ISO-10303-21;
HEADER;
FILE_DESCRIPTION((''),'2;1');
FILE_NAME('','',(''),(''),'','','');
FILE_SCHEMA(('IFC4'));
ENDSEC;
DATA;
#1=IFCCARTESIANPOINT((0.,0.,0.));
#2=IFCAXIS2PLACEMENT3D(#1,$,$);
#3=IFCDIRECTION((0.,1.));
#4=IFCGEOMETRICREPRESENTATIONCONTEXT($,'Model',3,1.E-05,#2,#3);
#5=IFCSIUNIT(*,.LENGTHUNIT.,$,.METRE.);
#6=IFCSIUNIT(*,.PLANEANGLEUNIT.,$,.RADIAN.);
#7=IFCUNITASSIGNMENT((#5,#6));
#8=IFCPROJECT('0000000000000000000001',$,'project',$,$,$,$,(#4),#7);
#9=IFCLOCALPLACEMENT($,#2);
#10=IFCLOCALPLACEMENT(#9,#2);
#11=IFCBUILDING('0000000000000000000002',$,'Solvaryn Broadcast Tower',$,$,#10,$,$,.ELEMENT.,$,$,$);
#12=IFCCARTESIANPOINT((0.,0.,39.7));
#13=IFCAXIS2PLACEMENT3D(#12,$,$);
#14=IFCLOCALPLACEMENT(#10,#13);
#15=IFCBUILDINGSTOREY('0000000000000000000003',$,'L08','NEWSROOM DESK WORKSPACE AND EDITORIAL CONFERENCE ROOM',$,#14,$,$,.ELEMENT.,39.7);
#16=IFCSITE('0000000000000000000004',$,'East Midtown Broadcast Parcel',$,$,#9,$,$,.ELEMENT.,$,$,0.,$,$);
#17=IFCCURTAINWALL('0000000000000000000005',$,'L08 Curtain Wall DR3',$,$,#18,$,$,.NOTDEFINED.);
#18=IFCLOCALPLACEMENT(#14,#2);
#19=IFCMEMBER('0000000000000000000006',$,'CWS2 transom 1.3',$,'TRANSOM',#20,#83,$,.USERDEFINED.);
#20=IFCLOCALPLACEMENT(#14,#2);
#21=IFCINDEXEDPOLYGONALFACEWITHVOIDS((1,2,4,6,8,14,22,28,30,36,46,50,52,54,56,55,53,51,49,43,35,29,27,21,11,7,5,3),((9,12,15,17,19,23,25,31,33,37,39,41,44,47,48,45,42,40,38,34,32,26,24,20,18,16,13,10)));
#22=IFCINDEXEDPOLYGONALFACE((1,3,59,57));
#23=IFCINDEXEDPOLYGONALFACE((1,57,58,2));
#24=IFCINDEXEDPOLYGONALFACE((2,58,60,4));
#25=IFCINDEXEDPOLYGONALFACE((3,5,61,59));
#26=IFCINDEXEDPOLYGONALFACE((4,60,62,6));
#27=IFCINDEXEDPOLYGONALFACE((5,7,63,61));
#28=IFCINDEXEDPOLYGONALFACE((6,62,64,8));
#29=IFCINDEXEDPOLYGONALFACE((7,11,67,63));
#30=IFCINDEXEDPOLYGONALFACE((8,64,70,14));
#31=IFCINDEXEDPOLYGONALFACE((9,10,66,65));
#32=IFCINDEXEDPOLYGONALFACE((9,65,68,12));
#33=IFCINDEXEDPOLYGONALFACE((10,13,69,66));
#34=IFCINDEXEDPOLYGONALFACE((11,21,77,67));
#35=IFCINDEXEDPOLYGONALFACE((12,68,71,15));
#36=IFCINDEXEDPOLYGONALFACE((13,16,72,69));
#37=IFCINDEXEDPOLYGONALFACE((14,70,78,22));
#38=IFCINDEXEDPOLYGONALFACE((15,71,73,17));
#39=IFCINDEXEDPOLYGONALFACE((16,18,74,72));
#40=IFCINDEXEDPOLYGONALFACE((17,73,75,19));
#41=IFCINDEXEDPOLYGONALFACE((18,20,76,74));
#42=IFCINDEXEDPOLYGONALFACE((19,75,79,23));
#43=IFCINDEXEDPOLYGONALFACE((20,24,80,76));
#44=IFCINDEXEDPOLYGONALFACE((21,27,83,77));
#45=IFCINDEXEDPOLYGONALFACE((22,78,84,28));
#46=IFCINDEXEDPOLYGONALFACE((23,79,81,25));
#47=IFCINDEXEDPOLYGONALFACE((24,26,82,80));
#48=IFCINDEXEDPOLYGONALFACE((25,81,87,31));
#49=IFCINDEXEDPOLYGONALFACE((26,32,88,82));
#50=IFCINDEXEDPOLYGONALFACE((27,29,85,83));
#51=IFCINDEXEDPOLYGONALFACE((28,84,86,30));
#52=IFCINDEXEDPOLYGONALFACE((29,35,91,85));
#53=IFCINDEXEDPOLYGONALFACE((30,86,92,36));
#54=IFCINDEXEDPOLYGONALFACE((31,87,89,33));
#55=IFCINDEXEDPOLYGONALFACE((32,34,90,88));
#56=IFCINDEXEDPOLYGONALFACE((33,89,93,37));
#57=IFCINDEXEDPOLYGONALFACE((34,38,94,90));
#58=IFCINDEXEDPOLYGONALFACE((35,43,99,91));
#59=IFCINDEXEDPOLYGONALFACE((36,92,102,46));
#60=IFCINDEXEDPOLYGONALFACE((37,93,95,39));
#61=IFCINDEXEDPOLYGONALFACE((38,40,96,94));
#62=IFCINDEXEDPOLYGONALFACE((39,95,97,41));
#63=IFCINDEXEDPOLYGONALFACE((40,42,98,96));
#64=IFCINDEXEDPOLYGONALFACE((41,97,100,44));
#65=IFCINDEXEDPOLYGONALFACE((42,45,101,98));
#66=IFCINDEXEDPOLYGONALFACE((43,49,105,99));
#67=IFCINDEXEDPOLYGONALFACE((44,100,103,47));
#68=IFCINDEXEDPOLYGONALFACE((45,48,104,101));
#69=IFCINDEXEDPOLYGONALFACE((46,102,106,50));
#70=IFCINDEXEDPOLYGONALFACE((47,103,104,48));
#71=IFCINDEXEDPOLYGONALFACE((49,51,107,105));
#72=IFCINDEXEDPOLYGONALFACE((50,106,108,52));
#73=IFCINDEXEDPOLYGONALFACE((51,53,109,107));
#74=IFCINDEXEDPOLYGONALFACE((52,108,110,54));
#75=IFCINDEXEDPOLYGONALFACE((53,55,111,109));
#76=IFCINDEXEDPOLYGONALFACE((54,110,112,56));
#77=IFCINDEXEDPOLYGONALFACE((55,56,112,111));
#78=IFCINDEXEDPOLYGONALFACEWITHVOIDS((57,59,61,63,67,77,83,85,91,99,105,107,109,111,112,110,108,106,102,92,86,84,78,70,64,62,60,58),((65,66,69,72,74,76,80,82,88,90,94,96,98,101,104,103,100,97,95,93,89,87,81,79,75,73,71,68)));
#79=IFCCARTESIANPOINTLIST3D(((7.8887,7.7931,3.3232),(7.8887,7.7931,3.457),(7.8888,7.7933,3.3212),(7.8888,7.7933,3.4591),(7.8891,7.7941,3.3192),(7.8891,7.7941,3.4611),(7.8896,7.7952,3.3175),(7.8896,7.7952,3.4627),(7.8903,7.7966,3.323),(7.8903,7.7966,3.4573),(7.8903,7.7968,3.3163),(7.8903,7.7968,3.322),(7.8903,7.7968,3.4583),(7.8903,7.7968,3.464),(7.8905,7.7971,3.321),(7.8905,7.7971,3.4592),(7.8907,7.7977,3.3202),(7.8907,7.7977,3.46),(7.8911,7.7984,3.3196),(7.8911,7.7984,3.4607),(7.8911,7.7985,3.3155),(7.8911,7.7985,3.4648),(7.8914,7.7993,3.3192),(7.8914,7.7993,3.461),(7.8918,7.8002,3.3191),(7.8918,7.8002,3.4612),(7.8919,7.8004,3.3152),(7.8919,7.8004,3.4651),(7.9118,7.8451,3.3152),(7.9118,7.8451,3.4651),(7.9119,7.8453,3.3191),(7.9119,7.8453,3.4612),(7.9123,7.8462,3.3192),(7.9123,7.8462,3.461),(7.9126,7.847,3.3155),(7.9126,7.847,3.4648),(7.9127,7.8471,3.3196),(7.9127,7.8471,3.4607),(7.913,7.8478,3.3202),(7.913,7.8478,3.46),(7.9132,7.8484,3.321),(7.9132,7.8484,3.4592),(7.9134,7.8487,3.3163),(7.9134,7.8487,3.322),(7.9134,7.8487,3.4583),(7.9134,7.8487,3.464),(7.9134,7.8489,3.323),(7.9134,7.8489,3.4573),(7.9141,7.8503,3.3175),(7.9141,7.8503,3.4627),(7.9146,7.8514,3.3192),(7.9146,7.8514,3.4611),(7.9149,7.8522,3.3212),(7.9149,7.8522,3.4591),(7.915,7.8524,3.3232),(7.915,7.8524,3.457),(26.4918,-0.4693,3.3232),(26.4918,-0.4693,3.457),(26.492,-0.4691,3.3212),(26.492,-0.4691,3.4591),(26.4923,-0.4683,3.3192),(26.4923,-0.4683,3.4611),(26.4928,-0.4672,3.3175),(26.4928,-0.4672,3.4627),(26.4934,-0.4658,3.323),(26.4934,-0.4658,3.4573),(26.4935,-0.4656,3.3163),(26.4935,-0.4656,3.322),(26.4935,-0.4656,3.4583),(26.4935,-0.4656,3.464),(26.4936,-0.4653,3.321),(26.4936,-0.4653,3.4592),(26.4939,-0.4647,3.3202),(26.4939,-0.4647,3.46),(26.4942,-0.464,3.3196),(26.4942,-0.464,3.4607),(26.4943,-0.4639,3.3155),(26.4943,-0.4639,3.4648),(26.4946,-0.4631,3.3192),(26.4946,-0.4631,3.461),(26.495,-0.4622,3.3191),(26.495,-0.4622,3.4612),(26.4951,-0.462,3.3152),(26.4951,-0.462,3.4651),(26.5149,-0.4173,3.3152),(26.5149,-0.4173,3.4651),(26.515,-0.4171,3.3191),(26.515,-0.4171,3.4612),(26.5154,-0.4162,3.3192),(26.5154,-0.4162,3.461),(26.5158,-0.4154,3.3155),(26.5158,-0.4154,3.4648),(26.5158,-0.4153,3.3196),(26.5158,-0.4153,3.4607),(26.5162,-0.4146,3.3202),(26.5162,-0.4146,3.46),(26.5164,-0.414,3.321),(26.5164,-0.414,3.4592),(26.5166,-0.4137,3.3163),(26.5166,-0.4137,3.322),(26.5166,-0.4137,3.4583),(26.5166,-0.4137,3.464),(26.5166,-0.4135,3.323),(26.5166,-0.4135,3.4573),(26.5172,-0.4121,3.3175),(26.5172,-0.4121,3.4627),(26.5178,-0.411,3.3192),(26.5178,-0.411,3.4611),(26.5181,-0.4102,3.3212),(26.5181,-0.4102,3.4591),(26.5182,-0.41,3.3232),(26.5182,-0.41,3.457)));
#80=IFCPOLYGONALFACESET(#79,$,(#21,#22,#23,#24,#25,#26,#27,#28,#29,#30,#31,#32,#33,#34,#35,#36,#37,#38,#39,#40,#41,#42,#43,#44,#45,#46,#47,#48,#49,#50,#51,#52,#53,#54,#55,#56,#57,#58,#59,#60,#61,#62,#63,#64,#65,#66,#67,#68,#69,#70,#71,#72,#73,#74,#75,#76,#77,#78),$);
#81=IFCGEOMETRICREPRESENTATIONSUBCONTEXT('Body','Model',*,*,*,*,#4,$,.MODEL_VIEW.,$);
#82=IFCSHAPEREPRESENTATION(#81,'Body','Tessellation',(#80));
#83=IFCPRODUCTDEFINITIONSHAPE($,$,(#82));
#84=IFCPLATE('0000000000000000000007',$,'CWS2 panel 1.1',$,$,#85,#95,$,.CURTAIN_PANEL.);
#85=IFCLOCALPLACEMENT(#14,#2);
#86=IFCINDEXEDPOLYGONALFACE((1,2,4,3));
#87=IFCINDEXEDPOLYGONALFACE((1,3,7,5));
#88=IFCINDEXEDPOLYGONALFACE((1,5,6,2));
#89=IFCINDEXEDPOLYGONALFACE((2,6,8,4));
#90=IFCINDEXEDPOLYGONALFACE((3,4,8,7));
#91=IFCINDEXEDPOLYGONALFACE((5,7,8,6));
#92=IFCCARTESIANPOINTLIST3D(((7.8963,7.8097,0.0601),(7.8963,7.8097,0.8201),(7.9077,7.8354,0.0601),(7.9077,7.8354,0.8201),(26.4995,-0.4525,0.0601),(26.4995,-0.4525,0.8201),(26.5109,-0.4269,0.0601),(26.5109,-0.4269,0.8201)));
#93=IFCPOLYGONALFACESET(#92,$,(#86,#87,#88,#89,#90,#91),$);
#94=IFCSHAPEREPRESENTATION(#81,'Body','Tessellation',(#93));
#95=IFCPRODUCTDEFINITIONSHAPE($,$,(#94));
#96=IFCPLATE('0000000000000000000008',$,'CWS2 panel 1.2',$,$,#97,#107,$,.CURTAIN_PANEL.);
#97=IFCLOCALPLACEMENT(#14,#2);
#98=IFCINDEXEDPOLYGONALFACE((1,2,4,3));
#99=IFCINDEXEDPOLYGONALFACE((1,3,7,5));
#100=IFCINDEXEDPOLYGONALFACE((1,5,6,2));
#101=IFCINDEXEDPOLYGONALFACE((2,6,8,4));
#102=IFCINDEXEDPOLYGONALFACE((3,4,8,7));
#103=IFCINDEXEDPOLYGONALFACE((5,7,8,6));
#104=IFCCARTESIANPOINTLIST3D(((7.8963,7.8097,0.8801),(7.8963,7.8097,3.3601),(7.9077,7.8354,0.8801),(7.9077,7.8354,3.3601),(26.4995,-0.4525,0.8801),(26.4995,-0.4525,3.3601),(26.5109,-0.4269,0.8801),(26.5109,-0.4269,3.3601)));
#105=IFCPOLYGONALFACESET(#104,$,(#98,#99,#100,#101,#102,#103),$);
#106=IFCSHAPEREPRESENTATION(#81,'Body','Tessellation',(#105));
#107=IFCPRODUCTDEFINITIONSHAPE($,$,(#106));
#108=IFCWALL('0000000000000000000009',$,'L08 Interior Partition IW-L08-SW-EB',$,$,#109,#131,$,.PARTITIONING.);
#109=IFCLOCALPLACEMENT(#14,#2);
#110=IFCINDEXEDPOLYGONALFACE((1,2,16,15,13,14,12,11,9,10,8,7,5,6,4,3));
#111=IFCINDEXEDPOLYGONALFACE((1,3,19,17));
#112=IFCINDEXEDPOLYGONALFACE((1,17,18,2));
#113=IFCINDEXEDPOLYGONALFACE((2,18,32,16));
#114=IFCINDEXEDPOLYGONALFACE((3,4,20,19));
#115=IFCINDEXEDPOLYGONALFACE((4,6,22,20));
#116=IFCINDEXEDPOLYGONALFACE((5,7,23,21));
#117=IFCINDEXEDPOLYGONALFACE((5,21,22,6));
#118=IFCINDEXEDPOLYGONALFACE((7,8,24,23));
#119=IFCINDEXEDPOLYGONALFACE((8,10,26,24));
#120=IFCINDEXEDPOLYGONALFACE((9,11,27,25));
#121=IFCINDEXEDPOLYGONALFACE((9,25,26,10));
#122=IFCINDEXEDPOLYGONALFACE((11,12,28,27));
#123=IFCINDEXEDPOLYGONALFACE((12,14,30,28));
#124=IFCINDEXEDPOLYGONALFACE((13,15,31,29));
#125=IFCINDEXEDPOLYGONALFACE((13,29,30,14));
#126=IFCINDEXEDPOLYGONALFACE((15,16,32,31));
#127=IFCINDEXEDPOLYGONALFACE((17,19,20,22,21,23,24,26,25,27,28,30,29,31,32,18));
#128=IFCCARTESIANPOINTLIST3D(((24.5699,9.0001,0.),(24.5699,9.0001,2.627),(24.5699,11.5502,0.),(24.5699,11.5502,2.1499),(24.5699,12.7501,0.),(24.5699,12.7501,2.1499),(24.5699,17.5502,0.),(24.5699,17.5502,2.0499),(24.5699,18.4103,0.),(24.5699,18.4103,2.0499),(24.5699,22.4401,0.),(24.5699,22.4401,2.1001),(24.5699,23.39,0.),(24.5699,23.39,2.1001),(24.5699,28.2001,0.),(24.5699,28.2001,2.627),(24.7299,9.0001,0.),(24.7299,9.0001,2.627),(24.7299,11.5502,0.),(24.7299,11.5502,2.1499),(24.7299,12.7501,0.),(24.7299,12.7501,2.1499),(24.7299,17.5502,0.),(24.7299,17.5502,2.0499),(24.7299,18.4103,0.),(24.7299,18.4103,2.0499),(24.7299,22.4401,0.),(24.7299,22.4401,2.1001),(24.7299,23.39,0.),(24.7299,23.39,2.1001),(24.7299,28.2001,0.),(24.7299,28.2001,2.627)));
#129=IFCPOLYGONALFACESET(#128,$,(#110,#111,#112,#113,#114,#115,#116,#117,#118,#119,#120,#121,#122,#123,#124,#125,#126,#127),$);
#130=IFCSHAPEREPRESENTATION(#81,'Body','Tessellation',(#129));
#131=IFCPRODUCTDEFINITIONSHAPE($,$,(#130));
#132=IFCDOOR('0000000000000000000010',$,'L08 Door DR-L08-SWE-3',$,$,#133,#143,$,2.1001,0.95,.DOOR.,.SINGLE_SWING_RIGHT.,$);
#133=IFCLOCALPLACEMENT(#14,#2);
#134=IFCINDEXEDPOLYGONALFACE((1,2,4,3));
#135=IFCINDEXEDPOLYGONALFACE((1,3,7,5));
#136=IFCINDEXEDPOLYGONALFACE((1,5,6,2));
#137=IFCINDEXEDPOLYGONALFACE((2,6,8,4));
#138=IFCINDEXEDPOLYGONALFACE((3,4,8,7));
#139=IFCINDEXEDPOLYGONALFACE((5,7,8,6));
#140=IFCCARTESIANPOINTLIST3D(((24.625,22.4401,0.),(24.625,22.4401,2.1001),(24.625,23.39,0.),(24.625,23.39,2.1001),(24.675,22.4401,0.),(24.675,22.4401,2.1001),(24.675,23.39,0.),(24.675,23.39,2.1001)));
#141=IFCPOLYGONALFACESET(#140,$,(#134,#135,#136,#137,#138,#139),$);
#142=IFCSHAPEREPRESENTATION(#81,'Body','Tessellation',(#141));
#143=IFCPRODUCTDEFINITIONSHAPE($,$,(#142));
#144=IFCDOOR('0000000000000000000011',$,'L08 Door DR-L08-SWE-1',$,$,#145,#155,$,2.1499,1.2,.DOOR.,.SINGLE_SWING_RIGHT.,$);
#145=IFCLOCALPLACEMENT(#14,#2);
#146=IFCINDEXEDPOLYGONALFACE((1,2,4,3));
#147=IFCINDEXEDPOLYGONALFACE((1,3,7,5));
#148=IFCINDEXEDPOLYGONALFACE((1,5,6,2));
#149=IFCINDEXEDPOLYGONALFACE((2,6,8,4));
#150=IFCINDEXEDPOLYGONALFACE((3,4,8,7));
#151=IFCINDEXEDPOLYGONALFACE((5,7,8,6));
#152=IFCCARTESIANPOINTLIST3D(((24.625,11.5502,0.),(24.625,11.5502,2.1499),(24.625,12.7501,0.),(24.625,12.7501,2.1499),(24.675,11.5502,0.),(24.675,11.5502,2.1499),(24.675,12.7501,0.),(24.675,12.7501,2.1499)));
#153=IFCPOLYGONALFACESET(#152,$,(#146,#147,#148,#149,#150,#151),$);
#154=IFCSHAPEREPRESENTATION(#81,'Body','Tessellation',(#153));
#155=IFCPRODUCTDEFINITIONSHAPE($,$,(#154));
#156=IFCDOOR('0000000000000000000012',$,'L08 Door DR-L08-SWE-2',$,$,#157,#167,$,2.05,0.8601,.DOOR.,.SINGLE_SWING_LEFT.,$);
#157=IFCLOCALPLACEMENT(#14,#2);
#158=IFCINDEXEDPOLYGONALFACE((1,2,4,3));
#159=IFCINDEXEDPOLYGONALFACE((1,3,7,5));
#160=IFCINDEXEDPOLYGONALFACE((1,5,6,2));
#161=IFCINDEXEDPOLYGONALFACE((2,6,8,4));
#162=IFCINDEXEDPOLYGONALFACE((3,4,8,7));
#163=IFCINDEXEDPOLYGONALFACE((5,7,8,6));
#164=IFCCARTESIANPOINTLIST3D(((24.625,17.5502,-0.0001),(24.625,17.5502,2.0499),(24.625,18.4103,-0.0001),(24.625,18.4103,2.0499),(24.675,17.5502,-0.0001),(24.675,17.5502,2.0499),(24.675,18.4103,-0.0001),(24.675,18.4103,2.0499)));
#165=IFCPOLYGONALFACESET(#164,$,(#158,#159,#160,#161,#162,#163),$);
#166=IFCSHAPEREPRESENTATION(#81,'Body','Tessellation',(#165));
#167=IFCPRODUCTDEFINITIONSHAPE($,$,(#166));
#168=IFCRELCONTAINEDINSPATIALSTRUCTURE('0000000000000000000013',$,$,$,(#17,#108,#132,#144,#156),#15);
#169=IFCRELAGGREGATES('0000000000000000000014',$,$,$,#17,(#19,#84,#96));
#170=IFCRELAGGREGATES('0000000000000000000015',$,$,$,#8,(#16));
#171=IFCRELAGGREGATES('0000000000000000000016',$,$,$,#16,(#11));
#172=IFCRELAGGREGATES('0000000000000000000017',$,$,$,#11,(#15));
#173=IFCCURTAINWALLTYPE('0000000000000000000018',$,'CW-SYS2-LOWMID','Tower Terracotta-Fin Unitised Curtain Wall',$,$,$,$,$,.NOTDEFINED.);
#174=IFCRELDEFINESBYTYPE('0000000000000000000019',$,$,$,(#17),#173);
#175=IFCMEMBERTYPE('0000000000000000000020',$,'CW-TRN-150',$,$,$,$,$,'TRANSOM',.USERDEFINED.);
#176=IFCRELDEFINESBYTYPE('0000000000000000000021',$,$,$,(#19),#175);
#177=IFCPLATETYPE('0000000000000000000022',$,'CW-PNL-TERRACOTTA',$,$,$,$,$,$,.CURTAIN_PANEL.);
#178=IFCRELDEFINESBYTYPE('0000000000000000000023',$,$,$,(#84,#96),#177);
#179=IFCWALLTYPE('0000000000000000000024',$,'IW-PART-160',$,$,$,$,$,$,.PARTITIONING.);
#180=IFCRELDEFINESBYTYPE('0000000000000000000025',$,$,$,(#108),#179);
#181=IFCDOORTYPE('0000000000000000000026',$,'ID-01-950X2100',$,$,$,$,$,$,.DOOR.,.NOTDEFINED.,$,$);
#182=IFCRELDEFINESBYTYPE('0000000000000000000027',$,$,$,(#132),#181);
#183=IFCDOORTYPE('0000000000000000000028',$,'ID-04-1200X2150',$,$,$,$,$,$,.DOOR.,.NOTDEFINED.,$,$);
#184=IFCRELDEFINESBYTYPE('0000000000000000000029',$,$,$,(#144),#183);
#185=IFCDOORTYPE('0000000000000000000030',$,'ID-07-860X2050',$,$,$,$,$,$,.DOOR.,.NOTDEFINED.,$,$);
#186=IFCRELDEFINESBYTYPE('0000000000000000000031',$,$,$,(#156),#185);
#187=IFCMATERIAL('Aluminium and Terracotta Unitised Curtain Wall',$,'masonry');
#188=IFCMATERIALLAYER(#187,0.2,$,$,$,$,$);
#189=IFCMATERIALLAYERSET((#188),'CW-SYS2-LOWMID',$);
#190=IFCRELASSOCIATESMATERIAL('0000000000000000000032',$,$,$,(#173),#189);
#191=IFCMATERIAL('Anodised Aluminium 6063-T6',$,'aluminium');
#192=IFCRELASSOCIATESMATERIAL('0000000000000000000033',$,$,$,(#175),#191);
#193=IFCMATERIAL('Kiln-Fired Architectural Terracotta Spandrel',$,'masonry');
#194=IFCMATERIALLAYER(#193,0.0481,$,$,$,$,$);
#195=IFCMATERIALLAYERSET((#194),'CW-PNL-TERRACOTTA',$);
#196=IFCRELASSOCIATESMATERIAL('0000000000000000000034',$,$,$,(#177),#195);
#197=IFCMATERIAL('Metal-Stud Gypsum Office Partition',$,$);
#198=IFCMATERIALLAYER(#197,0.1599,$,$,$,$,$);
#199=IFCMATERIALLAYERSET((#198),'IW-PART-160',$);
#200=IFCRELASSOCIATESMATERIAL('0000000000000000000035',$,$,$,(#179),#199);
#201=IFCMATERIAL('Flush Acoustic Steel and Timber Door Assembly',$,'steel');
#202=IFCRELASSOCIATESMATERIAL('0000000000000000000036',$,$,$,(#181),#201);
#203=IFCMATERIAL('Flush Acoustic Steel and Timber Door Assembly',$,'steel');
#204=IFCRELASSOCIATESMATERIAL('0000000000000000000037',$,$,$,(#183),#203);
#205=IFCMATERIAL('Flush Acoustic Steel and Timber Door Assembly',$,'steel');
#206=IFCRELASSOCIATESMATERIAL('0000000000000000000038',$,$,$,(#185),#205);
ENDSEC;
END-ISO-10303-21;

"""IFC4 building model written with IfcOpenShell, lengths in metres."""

from ifc_helpers import new_model, si_unit, direction, frame, frame_2d, origin, origin_2d, place, context, subcontext, project, spatial, rectangle, hollow_rectangle, extrude, material, layer, layer_set, material_profile, profile_set, type_object, element, fill, aggregate, save


model = new_model("IFC4")

# Units and contexts
model_context = context("Model", 3, precision=1e-05, world=origin(), true_north=direction((0.0, 1.0)))
body_context = subcontext(model_context, "Body", "Model", "MODEL_VIEW")
ifc_project = project(units=[si_unit("LENGTHUNIT", "METRE"), si_unit("PLANEANGLEUNIT", "RADIAN")], contexts=[model_context])

# Site, building, storey
site_placement = place(None, origin())
site = spatial("IfcSite", under=ifc_project, at=site_placement, Name="East Midtown Broadcast Parcel", CompositionType="ELEMENT", RefElevation=0.0)
building_placement = place(site_placement, origin())
building = spatial("IfcBuilding", under=site, at=building_placement, Name="Solvaryn Broadcast Tower", CompositionType="ELEMENT")
storey_placement = place(building_placement, frame((0.0, 0.0, 39.7)))
storey = spatial("IfcBuildingStorey", under=building, at=storey_placement, Name="L08", Description="NEWSROOM DESK WORKSPACE AND EDITORIAL CONFERENCE ROOM", CompositionType="ELEMENT", Elevation=39.7)

# Shared definitions
ifc_material_1 = material(Name="Aluminium and Terracotta Unitised Curtain Wall", Category="masonry")
ifc_layer_1 = layer(ifc_material_1, 0.2)
ifc_layer_set_1 = layer_set([ifc_layer_1], Name="CW-SYS2-LOWMID")
curtain_wall_type = type_object("IfcCurtainWallType", Name="CW-SYS2-LOWMID", Description="Tower Terracotta-Fin Unitised Curtain Wall", PredefinedType="NOTDEFINED", material=ifc_layer_set_1)

# Curtain wall, member, plates
curtain_wall_1_placement = place(storey_placement, origin())
curtain_wall_1 = element("IfcCurtainWall", 1, at=curtain_wall_1_placement, inside=storey, type_object=curtain_wall_type, Name="L08 Curtain Wall DR3", PredefinedType="NOTDEFINED")
ifc_material_2 = material(Name="Anodised Aluminium 6063-T6", Category="aluminium")
ifc_material_profile_1 = material_profile(ifc_material_2, hollow_rectangle(XDim=0.0649, YDim=0.1499, WallThickness=0.0039, InnerFilletRadius=0.0039, OuterFilletRadius=0.0081, at=origin_2d()))
ifc_profile_set_1 = profile_set([ifc_material_profile_1], Name="Anodised Aluminium 6063-T6")
member_type_1 = type_object("IfcMemberType", Name="CW-TRN-150", ElementType="TRANSOM", PredefinedType="USERDEFINED", material=ifc_profile_set_1)
member_1_placement = place(storey_placement, frame((7.9019, 7.8228, 3.3901), z_axis=(0.913915, -0.405906, 0.0), x_axis=(0.405906, 0.913915, 0.0)))
member_1 = element("IfcMember", 2, at=member_1_placement, type_object=member_type_1, Name="CWS2 transom 1.3", ObjectType="TRANSOM", PredefinedType="USERDEFINED", context=body_context, shape_type="SweptSolid", body=[
    extrude(hollow_rectangle(XDim=0.0649, YDim=0.1499, WallThickness=0.0039, InnerFilletRadius=0.0039, OuterFilletRadius=0.0081, at=origin_2d()), origin(), (0.0, 0.0, 1.0), 20.3555),
])
ifc_material_3 = material(Name="Kiln-Fired Architectural Terracotta Spandrel", Category="masonry")
ifc_layer_2 = layer(ifc_material_3, 0.0481)
ifc_layer_set_2 = layer_set([ifc_layer_2], Name="CW-PNL-TERRACOTTA")
plate_type = type_object("IfcPlateType", Name="CW-PNL-TERRACOTTA", PredefinedType="CURTAIN_PANEL", material=ifc_layer_set_2)
plate_1_placement = place(storey_placement, frame((17.2036, 3.6914, 0.0601), z_axis=(0.0, 0.0, 1.0), x_axis=(0.913918, -0.405898, 0.0)))
plate_1 = element("IfcPlate", 3, at=plate_1_placement, type_object=plate_type, Name="CWS2 panel 1.1", PredefinedType="CURTAIN_PANEL", context=body_context, shape_type="SweptSolid", body=[
    extrude(rectangle(XDim=20.3555, YDim=0.0281, at=origin_2d()), origin(), (0.0, 0.0, 1.0), 0.76),
])
plate_2_placement = place(storey_placement, frame((17.2036, 3.6914, 0.8801), z_axis=(0.0, 0.0, 1.0), x_axis=(0.913918, -0.405898, 0.0)))
plate_2 = element("IfcPlate", 4, at=plate_2_placement, type_object=plate_type, Name="CWS2 panel 1.2", PredefinedType="CURTAIN_PANEL", context=body_context, shape_type="SweptSolid", body=[
    extrude(rectangle(XDim=20.3555, YDim=0.0281, at=origin_2d()), origin(), (0.0, 0.0, 1.0), 2.48),
])
aggregate(curtain_wall_1, [member_1, plate_1, plate_2])

# Wall, openings, doors
ifc_material_4 = material(Name="Metal-Stud Gypsum Office Partition")
ifc_layer_3 = layer(ifc_material_4, 0.1599)
ifc_layer_set_3 = layer_set([ifc_layer_3], Name="IW-PART-160")
wall_type_1 = type_object("IfcWallType", Name="IW-PART-160", PredefinedType="PARTITIONING", material=ifc_layer_set_3)
wall_1_placement = place(storey_placement, frame((24.6499, 9.0, 0.0), z_axis=(0.0, 0.0, 1.0), x_axis=(0.0, 1.0, 0.0)))
wall_1 = element("IfcWall", 5, at=wall_1_placement, inside=storey, type_object=wall_type_1, Name="L08 Interior Partition IW-L08-SW-EB", PredefinedType="PARTITIONING", context=body_context, shape_type="SweptSolid", body=[
    extrude(rectangle(XDim=19.2, YDim=0.1599, at=frame_2d((9.6001, 0.0))), origin(), (0.0, 0.0, 1.0), 2.627),
])
opening_1_placement = place(wall_1_placement, frame((2.55, 0.0, 0.0)))
opening_1 = element("IfcOpeningElement", 6, at=opening_1_placement, cuts=wall_1, PredefinedType="OPENING", context=body_context, shape_type="SweptSolid", body=[
    extrude(rectangle(XDim=1.2, YDim=2.1499, at=frame_2d((0.6001, 1.075))), frame((0.0, 0.0901, 0.0), z_axis=(0.0, -1.0, 0.0), x_axis=(1.0, 0.0, 0.0)), (0.0, 0.0, 1.0), 0.1799),
])
opening_2_placement = place(wall_1_placement, frame((8.55, 0.0, 0.0)))
opening_2 = element("IfcOpeningElement", 7, at=opening_2_placement, cuts=wall_1, PredefinedType="OPENING", context=body_context, shape_type="SweptSolid", body=[
    extrude(rectangle(XDim=0.8601, YDim=2.05, at=frame_2d((0.4302, 1.0249))), frame((0.0, 0.0901, 0.0), z_axis=(0.0, -1.0, 0.0), x_axis=(1.0, 0.0, 0.0)), (0.0, 0.0, 1.0), 0.1799),
])
opening_3_placement = place(wall_1_placement, frame((13.4399, 0.0, 0.0)))
opening_3 = element("IfcOpeningElement", 8, at=opening_3_placement, cuts=wall_1, PredefinedType="OPENING", context=body_context, shape_type="SweptSolid", body=[
    extrude(rectangle(XDim=0.95, YDim=2.1001, at=frame_2d((0.4751, 1.05))), frame((0.0, 0.0901, 0.0), z_axis=(0.0, -1.0, 0.0), x_axis=(1.0, 0.0, 0.0)), (0.0, 0.0, 1.0), 0.1799),
])
ifc_material_5 = material(Name="Flush Acoustic Steel and Timber Door Assembly", Category="steel")
door_type_1 = type_object("IfcDoorType", Name="ID-01-950X2100", OperationType="NOTDEFINED", PredefinedType="DOOR", material=ifc_material_5)
door_1_placement = place(opening_3_placement, origin())
door_1 = element("IfcDoor", 9, at=door_1_placement, inside=storey, type_object=door_type_1, Name="L08 Door DR-L08-SWE-3", OperationType="SINGLE_SWING_RIGHT", OverallHeight=2.1001, OverallWidth=0.95, PredefinedType="DOOR", context=body_context, shape_type="SweptSolid", body=[
    extrude(rectangle(XDim=0.95, YDim=2.1001, at=frame_2d((0.4751, 1.05))), frame((0.0, 0.0249, 0.0), z_axis=(0.0, -1.0, 0.0), x_axis=(1.0, 0.0, 0.0)), (0.0, 0.0, 1.0), 0.05),
])
fill(opening_3, door_1)
ifc_material_6 = material(Name="Flush Acoustic Steel and Timber Door Assembly", Category="steel")
door_type_2 = type_object("IfcDoorType", Name="ID-04-1200X2150", OperationType="NOTDEFINED", PredefinedType="DOOR", material=ifc_material_6)
door_2_placement = place(opening_1_placement, origin())
door_2 = element("IfcDoor", 10, at=door_2_placement, inside=storey, type_object=door_type_2, Name="L08 Door DR-L08-SWE-1", OperationType="SINGLE_SWING_RIGHT", OverallHeight=2.1499, OverallWidth=1.2, PredefinedType="DOOR", context=body_context, shape_type="SweptSolid", body=[
    extrude(rectangle(XDim=1.2, YDim=2.1499, at=frame_2d((0.6001, 1.075))), frame((0.0, 0.0249, 0.0), z_axis=(0.0, -1.0, 0.0), x_axis=(1.0, 0.0, 0.0)), (0.0, 0.0, 1.0), 0.05),
])
fill(opening_1, door_2)
ifc_material_7 = material(Name="Flush Acoustic Steel and Timber Door Assembly", Category="steel")
door_type_3 = type_object("IfcDoorType", Name="ID-07-860X2050", OperationType="NOTDEFINED", PredefinedType="DOOR", material=ifc_material_7)
door_3_placement = place(opening_2_placement, origin())
door_3 = element("IfcDoor", 11, at=door_3_placement, inside=storey, type_object=door_type_3, Name="L08 Door DR-L08-SWE-2", OperationType="SINGLE_SWING_LEFT", OverallHeight=2.05, OverallWidth=0.8601, PredefinedType="DOOR", context=body_context, shape_type="SweptSolid", body=[
    extrude(rectangle(XDim=0.8601, YDim=2.05, at=frame_2d((0.4302, 1.0249))), frame((0.0, 0.0249, 0.0), z_axis=(0.0, -1.0, 0.0), x_axis=(1.0, 0.0, 0.0)), (0.0, 0.0, 1.0), 0.05),
])
fill(opening_2, door_3)

save(model, "model.ifc")
